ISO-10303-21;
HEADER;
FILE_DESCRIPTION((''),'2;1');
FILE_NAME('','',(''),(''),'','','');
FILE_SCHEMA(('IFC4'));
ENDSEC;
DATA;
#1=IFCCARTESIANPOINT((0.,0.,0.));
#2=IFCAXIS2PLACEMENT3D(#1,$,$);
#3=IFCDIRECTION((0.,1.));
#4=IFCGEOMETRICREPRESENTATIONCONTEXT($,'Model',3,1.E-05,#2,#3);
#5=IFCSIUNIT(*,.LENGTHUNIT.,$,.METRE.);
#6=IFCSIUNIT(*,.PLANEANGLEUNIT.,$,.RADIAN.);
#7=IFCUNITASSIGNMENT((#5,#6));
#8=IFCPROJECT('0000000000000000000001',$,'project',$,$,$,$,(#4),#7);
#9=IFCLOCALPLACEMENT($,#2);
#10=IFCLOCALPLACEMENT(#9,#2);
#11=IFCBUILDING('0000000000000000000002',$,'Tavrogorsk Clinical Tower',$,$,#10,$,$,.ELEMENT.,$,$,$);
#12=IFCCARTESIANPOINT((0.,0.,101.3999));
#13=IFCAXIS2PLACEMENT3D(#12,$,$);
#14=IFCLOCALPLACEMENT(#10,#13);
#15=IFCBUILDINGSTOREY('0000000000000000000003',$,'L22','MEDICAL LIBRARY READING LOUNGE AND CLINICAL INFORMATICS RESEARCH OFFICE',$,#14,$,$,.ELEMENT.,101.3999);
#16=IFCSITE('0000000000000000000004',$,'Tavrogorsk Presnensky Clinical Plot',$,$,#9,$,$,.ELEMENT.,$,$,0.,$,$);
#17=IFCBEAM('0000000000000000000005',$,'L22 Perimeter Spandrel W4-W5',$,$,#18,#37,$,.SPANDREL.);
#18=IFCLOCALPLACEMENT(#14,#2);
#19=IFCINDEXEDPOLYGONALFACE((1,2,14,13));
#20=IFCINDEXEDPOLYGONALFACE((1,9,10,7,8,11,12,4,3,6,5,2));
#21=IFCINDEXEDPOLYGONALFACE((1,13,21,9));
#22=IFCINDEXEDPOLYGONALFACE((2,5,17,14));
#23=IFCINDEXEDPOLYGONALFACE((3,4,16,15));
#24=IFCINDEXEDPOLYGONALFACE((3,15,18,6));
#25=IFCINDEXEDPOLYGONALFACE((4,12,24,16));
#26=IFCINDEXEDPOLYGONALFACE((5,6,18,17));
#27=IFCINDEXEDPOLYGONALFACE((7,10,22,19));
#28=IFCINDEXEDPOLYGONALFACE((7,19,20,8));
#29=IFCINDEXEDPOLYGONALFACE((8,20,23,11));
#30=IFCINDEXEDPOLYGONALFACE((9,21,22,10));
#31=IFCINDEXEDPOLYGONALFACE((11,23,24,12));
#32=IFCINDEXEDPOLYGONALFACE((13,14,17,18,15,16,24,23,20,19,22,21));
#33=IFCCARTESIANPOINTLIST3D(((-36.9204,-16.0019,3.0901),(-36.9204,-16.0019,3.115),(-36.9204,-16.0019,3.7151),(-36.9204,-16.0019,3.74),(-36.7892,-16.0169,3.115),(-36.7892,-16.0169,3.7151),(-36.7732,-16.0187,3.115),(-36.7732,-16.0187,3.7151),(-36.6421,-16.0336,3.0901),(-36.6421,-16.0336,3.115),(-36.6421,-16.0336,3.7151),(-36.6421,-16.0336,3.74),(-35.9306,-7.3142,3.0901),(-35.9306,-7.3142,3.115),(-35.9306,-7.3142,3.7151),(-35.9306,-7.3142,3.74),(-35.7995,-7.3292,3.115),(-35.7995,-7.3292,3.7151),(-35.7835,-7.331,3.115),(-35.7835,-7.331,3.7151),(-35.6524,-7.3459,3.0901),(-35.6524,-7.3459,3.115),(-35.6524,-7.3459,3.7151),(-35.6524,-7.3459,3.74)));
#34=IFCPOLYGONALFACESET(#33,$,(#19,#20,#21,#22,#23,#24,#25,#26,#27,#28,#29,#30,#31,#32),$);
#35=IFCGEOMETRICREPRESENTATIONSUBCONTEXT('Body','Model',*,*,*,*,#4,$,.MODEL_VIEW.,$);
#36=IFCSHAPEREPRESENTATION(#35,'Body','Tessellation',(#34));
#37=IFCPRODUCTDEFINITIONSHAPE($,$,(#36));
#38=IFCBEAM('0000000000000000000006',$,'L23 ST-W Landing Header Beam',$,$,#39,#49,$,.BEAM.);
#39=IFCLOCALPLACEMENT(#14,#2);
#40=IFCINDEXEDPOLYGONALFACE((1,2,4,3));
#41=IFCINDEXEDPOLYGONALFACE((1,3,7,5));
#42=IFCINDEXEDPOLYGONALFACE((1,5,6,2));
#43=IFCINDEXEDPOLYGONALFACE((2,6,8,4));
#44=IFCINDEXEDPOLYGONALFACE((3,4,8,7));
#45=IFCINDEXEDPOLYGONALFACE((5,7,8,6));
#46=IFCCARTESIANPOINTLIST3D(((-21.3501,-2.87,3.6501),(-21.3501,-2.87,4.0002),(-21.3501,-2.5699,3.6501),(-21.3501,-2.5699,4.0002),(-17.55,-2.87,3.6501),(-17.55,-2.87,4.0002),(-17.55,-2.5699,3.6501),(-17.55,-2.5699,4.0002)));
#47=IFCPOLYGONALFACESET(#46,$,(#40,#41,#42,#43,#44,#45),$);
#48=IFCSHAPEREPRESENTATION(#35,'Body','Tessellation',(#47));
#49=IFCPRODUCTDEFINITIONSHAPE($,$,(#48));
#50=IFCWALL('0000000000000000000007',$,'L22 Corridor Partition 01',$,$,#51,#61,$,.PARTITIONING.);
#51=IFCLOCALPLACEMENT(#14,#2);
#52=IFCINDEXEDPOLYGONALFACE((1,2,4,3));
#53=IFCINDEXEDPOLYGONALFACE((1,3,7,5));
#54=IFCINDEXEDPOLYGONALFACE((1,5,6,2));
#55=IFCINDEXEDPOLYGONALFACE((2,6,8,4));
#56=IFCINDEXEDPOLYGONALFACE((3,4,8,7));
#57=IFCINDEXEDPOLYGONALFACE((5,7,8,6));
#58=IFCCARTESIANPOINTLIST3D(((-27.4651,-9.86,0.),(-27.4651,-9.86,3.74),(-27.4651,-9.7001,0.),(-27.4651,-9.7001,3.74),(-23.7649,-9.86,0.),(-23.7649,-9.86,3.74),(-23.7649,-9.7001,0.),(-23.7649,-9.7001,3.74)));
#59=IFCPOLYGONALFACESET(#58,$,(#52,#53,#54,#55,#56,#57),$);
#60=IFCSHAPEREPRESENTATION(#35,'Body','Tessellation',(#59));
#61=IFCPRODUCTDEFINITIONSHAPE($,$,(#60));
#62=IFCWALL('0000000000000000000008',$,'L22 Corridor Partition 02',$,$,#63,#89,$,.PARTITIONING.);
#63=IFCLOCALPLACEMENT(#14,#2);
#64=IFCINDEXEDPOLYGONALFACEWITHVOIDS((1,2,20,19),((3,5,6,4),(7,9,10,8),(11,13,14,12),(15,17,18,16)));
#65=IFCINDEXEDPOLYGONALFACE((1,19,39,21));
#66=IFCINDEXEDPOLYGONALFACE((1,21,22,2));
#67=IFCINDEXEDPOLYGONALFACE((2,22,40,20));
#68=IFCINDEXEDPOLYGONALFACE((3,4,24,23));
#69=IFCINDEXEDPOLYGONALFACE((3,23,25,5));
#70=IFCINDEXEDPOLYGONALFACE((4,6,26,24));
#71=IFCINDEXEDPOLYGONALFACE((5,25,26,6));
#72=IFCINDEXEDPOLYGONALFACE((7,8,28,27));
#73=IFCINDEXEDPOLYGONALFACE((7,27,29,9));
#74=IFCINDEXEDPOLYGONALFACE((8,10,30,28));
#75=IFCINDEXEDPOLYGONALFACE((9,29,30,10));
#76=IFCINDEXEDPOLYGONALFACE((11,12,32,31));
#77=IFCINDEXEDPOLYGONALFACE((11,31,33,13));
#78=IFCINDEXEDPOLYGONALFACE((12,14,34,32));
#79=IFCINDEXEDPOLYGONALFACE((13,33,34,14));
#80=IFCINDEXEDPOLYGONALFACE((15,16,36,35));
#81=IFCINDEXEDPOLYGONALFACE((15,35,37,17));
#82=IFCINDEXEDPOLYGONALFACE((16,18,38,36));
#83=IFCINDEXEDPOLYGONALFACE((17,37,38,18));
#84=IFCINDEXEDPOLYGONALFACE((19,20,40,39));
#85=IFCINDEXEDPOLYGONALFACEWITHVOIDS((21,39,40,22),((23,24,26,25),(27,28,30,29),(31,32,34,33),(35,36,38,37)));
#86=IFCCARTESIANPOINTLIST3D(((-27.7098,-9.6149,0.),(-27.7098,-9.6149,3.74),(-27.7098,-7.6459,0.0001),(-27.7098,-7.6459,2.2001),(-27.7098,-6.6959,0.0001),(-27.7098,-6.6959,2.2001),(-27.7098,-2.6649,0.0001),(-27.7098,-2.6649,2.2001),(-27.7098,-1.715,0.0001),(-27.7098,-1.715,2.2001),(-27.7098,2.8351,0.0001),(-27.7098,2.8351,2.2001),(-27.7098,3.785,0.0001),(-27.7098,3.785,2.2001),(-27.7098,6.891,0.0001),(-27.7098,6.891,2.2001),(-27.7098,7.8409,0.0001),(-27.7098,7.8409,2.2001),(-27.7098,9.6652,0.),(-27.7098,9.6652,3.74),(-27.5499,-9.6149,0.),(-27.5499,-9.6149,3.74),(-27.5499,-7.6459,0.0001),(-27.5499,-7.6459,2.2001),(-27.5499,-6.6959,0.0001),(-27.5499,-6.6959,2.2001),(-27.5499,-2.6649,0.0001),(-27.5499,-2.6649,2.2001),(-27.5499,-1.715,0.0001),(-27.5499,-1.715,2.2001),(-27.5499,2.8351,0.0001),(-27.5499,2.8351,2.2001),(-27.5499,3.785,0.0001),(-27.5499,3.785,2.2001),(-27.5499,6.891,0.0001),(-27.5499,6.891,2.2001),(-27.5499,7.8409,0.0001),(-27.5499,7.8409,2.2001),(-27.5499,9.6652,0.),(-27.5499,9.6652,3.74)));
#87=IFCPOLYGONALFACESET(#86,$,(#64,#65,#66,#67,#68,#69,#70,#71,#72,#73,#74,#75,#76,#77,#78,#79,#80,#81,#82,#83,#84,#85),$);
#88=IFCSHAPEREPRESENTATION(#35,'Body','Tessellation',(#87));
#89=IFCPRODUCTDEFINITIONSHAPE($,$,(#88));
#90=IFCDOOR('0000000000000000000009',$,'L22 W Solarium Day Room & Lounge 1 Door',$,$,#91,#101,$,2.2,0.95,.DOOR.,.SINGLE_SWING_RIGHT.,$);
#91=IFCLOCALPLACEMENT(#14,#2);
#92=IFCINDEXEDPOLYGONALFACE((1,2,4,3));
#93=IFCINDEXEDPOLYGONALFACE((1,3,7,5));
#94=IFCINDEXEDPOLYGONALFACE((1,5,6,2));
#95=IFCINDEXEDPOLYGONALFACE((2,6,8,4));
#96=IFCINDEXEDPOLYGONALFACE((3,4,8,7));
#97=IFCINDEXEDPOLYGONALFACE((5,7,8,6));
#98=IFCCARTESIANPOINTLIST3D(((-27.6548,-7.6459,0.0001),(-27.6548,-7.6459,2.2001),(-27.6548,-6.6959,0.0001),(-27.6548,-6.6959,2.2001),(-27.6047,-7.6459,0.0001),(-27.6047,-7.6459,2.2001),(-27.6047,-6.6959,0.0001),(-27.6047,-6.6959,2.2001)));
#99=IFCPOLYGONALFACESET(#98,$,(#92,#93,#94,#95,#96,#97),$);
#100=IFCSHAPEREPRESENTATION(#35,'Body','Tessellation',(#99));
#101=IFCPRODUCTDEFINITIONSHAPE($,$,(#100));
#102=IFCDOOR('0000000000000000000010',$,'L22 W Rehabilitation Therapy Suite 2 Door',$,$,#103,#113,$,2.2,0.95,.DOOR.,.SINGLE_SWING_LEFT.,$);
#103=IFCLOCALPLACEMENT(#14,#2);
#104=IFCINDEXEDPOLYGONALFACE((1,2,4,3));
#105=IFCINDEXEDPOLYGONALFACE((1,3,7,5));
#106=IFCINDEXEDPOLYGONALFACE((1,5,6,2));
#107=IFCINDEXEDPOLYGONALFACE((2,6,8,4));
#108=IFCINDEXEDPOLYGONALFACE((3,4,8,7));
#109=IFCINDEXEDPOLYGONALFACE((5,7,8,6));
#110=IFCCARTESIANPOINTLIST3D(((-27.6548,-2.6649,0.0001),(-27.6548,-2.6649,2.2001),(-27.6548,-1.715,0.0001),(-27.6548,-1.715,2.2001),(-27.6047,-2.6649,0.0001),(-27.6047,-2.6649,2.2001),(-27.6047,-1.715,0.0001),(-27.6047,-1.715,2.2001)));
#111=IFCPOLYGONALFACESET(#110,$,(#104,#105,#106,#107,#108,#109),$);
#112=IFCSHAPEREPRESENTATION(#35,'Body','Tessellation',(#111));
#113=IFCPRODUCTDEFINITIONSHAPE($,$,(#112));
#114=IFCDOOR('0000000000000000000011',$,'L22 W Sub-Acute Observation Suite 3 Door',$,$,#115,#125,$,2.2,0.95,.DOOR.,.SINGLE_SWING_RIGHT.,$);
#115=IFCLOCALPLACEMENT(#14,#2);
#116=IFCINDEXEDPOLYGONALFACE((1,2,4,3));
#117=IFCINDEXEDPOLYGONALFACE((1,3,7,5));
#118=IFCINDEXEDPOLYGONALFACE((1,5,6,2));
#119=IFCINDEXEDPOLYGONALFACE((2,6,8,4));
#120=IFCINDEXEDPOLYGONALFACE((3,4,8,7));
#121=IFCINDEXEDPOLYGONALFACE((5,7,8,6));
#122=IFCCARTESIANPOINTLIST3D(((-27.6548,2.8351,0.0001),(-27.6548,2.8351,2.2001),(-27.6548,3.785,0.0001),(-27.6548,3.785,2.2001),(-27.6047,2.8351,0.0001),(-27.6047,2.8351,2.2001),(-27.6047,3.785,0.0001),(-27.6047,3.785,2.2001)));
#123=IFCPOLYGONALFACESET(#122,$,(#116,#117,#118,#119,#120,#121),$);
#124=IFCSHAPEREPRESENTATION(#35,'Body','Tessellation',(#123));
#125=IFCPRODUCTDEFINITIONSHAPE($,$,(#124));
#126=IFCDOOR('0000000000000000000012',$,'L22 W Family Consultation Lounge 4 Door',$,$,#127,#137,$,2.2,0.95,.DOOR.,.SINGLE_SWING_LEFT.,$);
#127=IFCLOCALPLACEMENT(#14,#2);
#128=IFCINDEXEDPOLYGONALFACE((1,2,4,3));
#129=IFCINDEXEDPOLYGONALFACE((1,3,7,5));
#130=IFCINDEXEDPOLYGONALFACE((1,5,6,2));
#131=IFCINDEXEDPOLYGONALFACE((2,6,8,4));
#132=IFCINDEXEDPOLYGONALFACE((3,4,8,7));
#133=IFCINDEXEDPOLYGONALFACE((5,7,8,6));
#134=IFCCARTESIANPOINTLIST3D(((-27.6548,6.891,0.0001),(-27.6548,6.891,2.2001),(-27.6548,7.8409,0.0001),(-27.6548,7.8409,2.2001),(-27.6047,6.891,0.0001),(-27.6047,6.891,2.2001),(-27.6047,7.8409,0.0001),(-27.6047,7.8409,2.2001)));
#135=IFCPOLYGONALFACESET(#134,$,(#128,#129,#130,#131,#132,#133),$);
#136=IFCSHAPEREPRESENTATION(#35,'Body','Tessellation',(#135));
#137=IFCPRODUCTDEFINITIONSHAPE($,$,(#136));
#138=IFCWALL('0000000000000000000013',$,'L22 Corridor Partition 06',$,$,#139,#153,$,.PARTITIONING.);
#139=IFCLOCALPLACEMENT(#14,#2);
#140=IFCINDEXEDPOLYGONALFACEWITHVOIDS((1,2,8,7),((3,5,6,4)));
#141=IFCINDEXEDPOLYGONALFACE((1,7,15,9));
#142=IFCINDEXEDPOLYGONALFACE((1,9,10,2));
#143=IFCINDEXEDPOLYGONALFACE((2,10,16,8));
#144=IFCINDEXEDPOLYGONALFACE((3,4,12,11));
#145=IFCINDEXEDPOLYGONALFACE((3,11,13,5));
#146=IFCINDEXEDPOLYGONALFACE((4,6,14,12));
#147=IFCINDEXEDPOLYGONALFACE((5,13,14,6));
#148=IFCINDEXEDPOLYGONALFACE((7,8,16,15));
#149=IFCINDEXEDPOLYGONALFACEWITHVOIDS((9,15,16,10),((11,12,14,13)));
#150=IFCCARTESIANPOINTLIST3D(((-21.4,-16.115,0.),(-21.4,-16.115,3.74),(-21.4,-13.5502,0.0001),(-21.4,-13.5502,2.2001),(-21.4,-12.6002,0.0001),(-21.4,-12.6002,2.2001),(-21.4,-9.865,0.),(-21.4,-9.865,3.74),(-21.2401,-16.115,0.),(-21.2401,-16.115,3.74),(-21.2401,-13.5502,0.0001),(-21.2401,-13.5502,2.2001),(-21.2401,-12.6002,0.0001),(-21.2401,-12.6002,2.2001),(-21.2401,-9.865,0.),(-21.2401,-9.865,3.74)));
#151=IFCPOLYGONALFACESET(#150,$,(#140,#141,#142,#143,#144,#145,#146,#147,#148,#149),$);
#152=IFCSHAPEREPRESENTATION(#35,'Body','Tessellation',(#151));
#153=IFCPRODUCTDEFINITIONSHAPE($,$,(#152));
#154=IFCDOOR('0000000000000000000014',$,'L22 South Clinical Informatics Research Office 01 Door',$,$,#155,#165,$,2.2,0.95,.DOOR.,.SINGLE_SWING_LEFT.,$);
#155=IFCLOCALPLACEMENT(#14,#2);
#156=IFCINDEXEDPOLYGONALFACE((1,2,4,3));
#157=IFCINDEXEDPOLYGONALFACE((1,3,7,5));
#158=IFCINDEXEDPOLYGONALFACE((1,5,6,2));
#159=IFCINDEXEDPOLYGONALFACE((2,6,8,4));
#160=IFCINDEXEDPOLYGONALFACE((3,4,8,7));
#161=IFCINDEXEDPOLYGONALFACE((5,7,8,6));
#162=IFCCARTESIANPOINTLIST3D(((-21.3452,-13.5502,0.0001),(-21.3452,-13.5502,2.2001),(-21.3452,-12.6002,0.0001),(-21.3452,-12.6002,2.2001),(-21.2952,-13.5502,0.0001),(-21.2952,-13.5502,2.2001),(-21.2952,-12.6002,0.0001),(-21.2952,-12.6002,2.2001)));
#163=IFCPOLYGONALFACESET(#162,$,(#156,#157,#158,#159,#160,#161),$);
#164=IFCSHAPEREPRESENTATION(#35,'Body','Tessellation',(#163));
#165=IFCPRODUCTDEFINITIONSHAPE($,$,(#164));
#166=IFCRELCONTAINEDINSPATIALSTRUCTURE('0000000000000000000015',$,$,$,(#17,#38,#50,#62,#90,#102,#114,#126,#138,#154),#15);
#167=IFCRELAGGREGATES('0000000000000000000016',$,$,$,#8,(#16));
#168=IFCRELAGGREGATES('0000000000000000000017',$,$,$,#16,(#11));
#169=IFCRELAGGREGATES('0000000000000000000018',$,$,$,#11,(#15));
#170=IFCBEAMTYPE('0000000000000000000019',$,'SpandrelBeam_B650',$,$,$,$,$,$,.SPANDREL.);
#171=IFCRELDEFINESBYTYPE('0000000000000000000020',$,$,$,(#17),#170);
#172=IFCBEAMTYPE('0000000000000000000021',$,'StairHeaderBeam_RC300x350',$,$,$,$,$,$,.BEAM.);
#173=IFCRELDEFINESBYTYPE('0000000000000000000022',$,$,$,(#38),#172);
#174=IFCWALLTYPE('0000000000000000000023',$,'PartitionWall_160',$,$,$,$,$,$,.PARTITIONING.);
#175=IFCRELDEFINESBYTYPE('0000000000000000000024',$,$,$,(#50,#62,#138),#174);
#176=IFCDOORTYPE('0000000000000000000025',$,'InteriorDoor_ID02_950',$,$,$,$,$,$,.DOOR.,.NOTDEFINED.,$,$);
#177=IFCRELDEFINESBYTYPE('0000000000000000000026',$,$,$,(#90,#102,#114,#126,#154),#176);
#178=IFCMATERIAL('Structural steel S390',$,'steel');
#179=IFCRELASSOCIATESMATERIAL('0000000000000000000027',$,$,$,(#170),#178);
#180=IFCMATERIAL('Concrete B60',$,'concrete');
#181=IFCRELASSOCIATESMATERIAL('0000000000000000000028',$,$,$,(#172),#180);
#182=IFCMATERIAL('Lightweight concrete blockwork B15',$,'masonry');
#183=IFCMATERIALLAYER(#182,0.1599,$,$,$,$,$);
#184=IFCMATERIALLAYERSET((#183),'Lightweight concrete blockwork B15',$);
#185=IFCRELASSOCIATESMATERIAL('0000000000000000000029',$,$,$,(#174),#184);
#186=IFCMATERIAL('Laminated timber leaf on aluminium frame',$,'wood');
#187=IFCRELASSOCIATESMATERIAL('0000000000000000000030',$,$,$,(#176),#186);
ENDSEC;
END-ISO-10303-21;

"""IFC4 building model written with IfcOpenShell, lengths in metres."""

from ifc_helpers import new_model, si_unit, direction, frame, frame_2d, origin, origin_2d, place, context, subcontext, project, spatial, rectangle, i_section, extrude, material, layer, layer_set, material_profile, profile_set, type_object, element, fill, save


model = new_model("IFC4")

# Units and contexts
model_context = context("Model", 3, precision=1e-05, world=origin(), true_north=direction((0.0, 1.0)))
body_context = subcontext(model_context, "Body", "Model", "MODEL_VIEW")
ifc_project = project(units=[si_unit("LENGTHUNIT", "METRE"), si_unit("PLANEANGLEUNIT", "RADIAN")], contexts=[model_context])

# Site, building, storey
site_placement = place(None, origin())
site = spatial("IfcSite", under=ifc_project, at=site_placement, Name="Tavrogorsk Presnensky Clinical Plot", CompositionType="ELEMENT", RefElevation=0.0)
building_placement = place(site_placement, origin())
building = spatial("IfcBuilding", under=site, at=building_placement, Name="Tavrogorsk Clinical Tower", CompositionType="ELEMENT")
storey_placement = place(building_placement, frame((0.0, 0.0, 101.3999)))
storey = spatial("IfcBuildingStorey", under=building, at=storey_placement, Name="L22", Description="MEDICAL LIBRARY READING LOUNGE AND CLINICAL INFORMATICS RESEARCH OFFICE", CompositionType="ELEMENT", Elevation=101.3999)

# Beams
ifc_material_1 = material(Name="Structural steel S390", Category="steel")
ifc_material_profile_1 = material_profile(ifc_material_1, i_section(OverallWidth=0.28, OverallDepth=0.6499, WebThickness=0.0161, FlangeThickness=0.0249, at=origin_2d()), Name="B-650x280x16x25")
ifc_profile_set_1 = profile_set([ifc_material_profile_1], Name="Structural steel S390")
beam_type_1 = type_object("IfcBeamType", Name="SpandrelBeam_B650", PredefinedType="SPANDREL", material=ifc_profile_set_1)
beam_1_placement = place(storey_placement, frame((-35.7915, -7.3301, 3.415), z_axis=(-0.113192, -0.993573, 0.0), x_axis=(0.993573, -0.113192, 0.0)))
element("IfcBeam", 1, at=beam_1_placement, inside=storey, type_object=beam_type_1, Name="L22 Perimeter Spandrel W4-W5", PredefinedType="SPANDREL", context=body_context, shape_type="SweptSolid", body=[
    extrude(i_section(OverallWidth=0.28, OverallDepth=0.6499, WebThickness=0.0161, FlangeThickness=0.0249, at=origin_2d()), origin(), (0.0, 0.0, 1.0), 8.7439),
])
ifc_material_2 = material(Name="Concrete B60", Category="concrete")
ifc_material_profile_2 = material_profile(ifc_material_2, rectangle(XDim=0.3, YDim=0.3501, at=origin_2d()), Name="RC-SHB-300x350")
ifc_profile_set_2 = profile_set([ifc_material_profile_2], Name="Concrete B60")
beam_type_2 = type_object("IfcBeamType", Name="StairHeaderBeam_RC300x350", PredefinedType="BEAM", material=ifc_profile_set_2)
beam_2_placement = place(storey_placement, frame((-21.3501, -2.72, 3.8252), z_axis=(1.0, 0.0, 0.0), x_axis=(0.0, 1.0, 0.0)))
element("IfcBeam", 2, at=beam_2_placement, inside=storey, type_object=beam_type_2, Name="L23 ST-W Landing Header Beam", PredefinedType="BEAM", context=body_context, shape_type="SweptSolid", body=[
    extrude(rectangle(XDim=0.3, YDim=0.3501, at=origin_2d()), origin(), (0.0, 0.0, 1.0), 3.8),
])

# Wall
ifc_material_3 = material(Name="Lightweight concrete blockwork B15", Category="masonry")
ifc_layer_1 = layer(ifc_material_3, 0.1599)
ifc_layer_set_1 = layer_set([ifc_layer_1], Name="Lightweight concrete blockwork B15")
wall_type_1 = type_object("IfcWallType", Name="PartitionWall_160", PredefinedType="PARTITIONING", material=ifc_layer_set_1)
wall_1_placement = place(storey_placement, frame((-23.7649, -9.78, 0.0), z_axis=(0.0, 0.0, 1.0), x_axis=(-1.0, 0.0, 0.0)))
element("IfcWall", 3, at=wall_1_placement, inside=storey, type_object=wall_type_1, Name="L22 Corridor Partition 01", PredefinedType="PARTITIONING", context=body_context, shape_type="SweptSolid", body=[
    extrude(rectangle(XDim=3.7002, YDim=0.1599, at=frame_2d((1.8501, 0.0))), origin(), (0.0, 0.0, 1.0), 3.74),
])

# Wall, openings, doors
wall_2_placement = place(storey_placement, frame((-27.6299, -9.615, 0.0), z_axis=(0.0, 0.0, 1.0), x_axis=(0.0, 1.0, 0.0)))
wall_2 = element("IfcWall", 4, at=wall_2_placement, inside=storey, type_object=wall_type_1, Name="L22 Corridor Partition 02", PredefinedType="PARTITIONING", context=body_context, shape_type="SweptSolid", body=[
    extrude(rectangle(XDim=19.28, YDim=0.1599, at=frame_2d((9.6401, 0.0))), origin(), (0.0, 0.0, 1.0), 3.74),
])
opening_1_placement = place(wall_2_placement, frame((1.969, 0.0, 0.0)))
opening_1 = element("IfcOpeningElement", 5, at=opening_1_placement, cuts=wall_2, PredefinedType="OPENING", context=body_context, shape_type="SweptSolid", body=[
    extrude(rectangle(XDim=0.95, YDim=2.2, at=frame_2d((0.4751, 1.1001))), frame((0.0, 0.0898, 0.0), z_axis=(0.0, -1.0, 0.0), x_axis=(1.0, 0.0, 0.0)), (0.0, 0.0, 1.0), 0.1799),
])
opening_2_placement = place(wall_2_placement, frame((6.95, 0.0, 0.0)))
opening_2 = element("IfcOpeningElement", 6, at=opening_2_placement, cuts=wall_2, PredefinedType="OPENING", context=body_context, shape_type="SweptSolid", body=[
    extrude(rectangle(XDim=0.95, YDim=2.2, at=frame_2d((0.4751, 1.1001))), frame((0.0, 0.0898, 0.0), z_axis=(0.0, -1.0, 0.0), x_axis=(1.0, 0.0, 0.0)), (0.0, 0.0, 1.0), 0.1799),
])
opening_3_placement = place(wall_2_placement, frame((12.45, 0.0, 0.0)))
opening_3 = element("IfcOpeningElement", 7, at=opening_3_placement, cuts=wall_2, PredefinedType="OPENING", context=body_context, shape_type="SweptSolid", body=[
    extrude(rectangle(XDim=0.95, YDim=2.2, at=frame_2d((0.4751, 1.1001))), frame((0.0, 0.0898, 0.0), z_axis=(0.0, -1.0, 0.0), x_axis=(1.0, 0.0, 0.0)), (0.0, 0.0, 1.0), 0.1799),
])
opening_4_placement = place(wall_2_placement, frame((16.5059, 0.0, 0.0)))
opening_4 = element("IfcOpeningElement", 8, at=opening_4_placement, cuts=wall_2, PredefinedType="OPENING", context=body_context, shape_type="SweptSolid", body=[
    extrude(rectangle(XDim=0.95, YDim=2.2, at=frame_2d((0.4751, 1.1001))), frame((0.0, 0.0898, 0.0), z_axis=(0.0, -1.0, 0.0), x_axis=(1.0, 0.0, 0.0)), (0.0, 0.0, 1.0), 0.1799),
])
ifc_material_4 = material(Name="Laminated timber leaf on aluminium frame", Category="wood")
door_type = type_object("IfcDoorType", Name="InteriorDoor_ID02_950", OperationType="NOTDEFINED", PredefinedType="DOOR", material=ifc_material_4)
door_1_placement = place(opening_1_placement, origin())
door_1 = element("IfcDoor", 9, at=door_1_placement, inside=storey, type_object=door_type, Name="L22 W Solarium Day Room & Lounge 1 Door", OperationType="SINGLE_SWING_RIGHT", OverallHeight=2.2, OverallWidth=0.95, PredefinedType="DOOR", context=body_context, shape_type="SweptSolid", body=[
    extrude(rectangle(XDim=0.95, YDim=2.2, at=frame_2d((0.4751, 1.1001))), frame((0.0, 0.0249, 0.0), z_axis=(0.0, -1.0, 0.0), x_axis=(1.0, 0.0, 0.0)), (0.0, 0.0, 1.0), 0.05),
])
fill(opening_1, door_1)
door_2_placement = place(opening_2_placement, origin())
door_2 = element("IfcDoor", 10, at=door_2_placement, inside=storey, type_object=door_type, Name="L22 W Rehabilitation Therapy Suite 2 Door", OperationType="SINGLE_SWING_LEFT", OverallHeight=2.2, OverallWidth=0.95, PredefinedType="DOOR", context=body_context, shape_type="SweptSolid", body=[
    extrude(rectangle(XDim=0.95, YDim=2.2, at=frame_2d((0.4751, 1.1001))), frame((0.0, 0.0249, 0.0), z_axis=(0.0, -1.0, 0.0), x_axis=(1.0, 0.0, 0.0)), (0.0, 0.0, 1.0), 0.05),
])
fill(opening_2, door_2)
door_3_placement = place(opening_3_placement, origin())
door_3 = element("IfcDoor", 11, at=door_3_placement, inside=storey, type_object=door_type, Name="L22 W Sub-Acute Observation Suite 3 Door", OperationType="SINGLE_SWING_RIGHT", OverallHeight=2.2, OverallWidth=0.95, PredefinedType="DOOR", context=body_context, shape_type="SweptSolid", body=[
    extrude(rectangle(XDim=0.95, YDim=2.2, at=frame_2d((0.4751, 1.1001))), frame((0.0, 0.0249, 0.0), z_axis=(0.0, -1.0, 0.0), x_axis=(1.0, 0.0, 0.0)), (0.0, 0.0, 1.0), 0.05),
])
fill(opening_3, door_3)
door_4_placement = place(opening_4_placement, origin())
door_4 = element("IfcDoor", 12, at=door_4_placement, inside=storey, type_object=door_type, Name="L22 W Family Consultation Lounge 4 Door", OperationType="SINGLE_SWING_LEFT", OverallHeight=2.2, OverallWidth=0.95, PredefinedType="DOOR", context=body_context, shape_type="SweptSolid", body=[
    extrude(rectangle(XDim=0.95, YDim=2.2, at=frame_2d((0.4751, 1.1001))), frame((0.0, 0.0249, 0.0), z_axis=(0.0, -1.0, 0.0), x_axis=(1.0, 0.0, 0.0)), (0.0, 0.0, 1.0), 0.05),
])
fill(opening_4, door_4)

# Wall, opening, door
wall_3_placement = place(storey_placement, frame((-21.3201, -9.865, 0.0), z_axis=(0.0, 0.0, 1.0), x_axis=(0.0, -1.0, 0.0)))
wall_3 = element("IfcWall", 13, at=wall_3_placement, inside=storey, type_object=wall_type_1, Name="L22 Corridor Partition 06", PredefinedType="PARTITIONING", context=body_context, shape_type="SweptSolid", body=[
    extrude(rectangle(XDim=6.25, YDim=0.1599, at=frame_2d((3.125, 0.0))), origin(), (0.0, 0.0, 1.0), 3.74),
])
opening_5_placement = place(wall_3_placement, frame((2.7351, 0.0, 0.0)))
opening_5 = element("IfcOpeningElement", 14, at=opening_5_placement, cuts=wall_3, PredefinedType="OPENING", context=body_context, shape_type="SweptSolid", body=[
    extrude(rectangle(XDim=0.95, YDim=2.2, at=frame_2d((0.4751, 1.1001))), frame((0.0, 0.0898, 0.0), z_axis=(0.0, -1.0, 0.0), x_axis=(1.0, 0.0, 0.0)), (0.0, 0.0, 1.0), 0.1799),
])
door_5_placement = place(opening_5_placement, origin())
door_5 = element("IfcDoor", 15, at=door_5_placement, inside=storey, type_object=door_type, Name="L22 South Clinical Informatics Research Office 01 Door", OperationType="SINGLE_SWING_LEFT", OverallHeight=2.2, OverallWidth=0.95, PredefinedType="DOOR", context=body_context, shape_type="SweptSolid", body=[
    extrude(rectangle(XDim=0.95, YDim=2.2, at=frame_2d((0.4751, 1.1001))), frame((0.0, 0.0249, 0.0), z_axis=(0.0, -1.0, 0.0), x_axis=(1.0, 0.0, 0.0)), (0.0, 0.0, 1.0), 0.05),
])
fill(opening_5, door_5)

save(model, "model.ifc")
